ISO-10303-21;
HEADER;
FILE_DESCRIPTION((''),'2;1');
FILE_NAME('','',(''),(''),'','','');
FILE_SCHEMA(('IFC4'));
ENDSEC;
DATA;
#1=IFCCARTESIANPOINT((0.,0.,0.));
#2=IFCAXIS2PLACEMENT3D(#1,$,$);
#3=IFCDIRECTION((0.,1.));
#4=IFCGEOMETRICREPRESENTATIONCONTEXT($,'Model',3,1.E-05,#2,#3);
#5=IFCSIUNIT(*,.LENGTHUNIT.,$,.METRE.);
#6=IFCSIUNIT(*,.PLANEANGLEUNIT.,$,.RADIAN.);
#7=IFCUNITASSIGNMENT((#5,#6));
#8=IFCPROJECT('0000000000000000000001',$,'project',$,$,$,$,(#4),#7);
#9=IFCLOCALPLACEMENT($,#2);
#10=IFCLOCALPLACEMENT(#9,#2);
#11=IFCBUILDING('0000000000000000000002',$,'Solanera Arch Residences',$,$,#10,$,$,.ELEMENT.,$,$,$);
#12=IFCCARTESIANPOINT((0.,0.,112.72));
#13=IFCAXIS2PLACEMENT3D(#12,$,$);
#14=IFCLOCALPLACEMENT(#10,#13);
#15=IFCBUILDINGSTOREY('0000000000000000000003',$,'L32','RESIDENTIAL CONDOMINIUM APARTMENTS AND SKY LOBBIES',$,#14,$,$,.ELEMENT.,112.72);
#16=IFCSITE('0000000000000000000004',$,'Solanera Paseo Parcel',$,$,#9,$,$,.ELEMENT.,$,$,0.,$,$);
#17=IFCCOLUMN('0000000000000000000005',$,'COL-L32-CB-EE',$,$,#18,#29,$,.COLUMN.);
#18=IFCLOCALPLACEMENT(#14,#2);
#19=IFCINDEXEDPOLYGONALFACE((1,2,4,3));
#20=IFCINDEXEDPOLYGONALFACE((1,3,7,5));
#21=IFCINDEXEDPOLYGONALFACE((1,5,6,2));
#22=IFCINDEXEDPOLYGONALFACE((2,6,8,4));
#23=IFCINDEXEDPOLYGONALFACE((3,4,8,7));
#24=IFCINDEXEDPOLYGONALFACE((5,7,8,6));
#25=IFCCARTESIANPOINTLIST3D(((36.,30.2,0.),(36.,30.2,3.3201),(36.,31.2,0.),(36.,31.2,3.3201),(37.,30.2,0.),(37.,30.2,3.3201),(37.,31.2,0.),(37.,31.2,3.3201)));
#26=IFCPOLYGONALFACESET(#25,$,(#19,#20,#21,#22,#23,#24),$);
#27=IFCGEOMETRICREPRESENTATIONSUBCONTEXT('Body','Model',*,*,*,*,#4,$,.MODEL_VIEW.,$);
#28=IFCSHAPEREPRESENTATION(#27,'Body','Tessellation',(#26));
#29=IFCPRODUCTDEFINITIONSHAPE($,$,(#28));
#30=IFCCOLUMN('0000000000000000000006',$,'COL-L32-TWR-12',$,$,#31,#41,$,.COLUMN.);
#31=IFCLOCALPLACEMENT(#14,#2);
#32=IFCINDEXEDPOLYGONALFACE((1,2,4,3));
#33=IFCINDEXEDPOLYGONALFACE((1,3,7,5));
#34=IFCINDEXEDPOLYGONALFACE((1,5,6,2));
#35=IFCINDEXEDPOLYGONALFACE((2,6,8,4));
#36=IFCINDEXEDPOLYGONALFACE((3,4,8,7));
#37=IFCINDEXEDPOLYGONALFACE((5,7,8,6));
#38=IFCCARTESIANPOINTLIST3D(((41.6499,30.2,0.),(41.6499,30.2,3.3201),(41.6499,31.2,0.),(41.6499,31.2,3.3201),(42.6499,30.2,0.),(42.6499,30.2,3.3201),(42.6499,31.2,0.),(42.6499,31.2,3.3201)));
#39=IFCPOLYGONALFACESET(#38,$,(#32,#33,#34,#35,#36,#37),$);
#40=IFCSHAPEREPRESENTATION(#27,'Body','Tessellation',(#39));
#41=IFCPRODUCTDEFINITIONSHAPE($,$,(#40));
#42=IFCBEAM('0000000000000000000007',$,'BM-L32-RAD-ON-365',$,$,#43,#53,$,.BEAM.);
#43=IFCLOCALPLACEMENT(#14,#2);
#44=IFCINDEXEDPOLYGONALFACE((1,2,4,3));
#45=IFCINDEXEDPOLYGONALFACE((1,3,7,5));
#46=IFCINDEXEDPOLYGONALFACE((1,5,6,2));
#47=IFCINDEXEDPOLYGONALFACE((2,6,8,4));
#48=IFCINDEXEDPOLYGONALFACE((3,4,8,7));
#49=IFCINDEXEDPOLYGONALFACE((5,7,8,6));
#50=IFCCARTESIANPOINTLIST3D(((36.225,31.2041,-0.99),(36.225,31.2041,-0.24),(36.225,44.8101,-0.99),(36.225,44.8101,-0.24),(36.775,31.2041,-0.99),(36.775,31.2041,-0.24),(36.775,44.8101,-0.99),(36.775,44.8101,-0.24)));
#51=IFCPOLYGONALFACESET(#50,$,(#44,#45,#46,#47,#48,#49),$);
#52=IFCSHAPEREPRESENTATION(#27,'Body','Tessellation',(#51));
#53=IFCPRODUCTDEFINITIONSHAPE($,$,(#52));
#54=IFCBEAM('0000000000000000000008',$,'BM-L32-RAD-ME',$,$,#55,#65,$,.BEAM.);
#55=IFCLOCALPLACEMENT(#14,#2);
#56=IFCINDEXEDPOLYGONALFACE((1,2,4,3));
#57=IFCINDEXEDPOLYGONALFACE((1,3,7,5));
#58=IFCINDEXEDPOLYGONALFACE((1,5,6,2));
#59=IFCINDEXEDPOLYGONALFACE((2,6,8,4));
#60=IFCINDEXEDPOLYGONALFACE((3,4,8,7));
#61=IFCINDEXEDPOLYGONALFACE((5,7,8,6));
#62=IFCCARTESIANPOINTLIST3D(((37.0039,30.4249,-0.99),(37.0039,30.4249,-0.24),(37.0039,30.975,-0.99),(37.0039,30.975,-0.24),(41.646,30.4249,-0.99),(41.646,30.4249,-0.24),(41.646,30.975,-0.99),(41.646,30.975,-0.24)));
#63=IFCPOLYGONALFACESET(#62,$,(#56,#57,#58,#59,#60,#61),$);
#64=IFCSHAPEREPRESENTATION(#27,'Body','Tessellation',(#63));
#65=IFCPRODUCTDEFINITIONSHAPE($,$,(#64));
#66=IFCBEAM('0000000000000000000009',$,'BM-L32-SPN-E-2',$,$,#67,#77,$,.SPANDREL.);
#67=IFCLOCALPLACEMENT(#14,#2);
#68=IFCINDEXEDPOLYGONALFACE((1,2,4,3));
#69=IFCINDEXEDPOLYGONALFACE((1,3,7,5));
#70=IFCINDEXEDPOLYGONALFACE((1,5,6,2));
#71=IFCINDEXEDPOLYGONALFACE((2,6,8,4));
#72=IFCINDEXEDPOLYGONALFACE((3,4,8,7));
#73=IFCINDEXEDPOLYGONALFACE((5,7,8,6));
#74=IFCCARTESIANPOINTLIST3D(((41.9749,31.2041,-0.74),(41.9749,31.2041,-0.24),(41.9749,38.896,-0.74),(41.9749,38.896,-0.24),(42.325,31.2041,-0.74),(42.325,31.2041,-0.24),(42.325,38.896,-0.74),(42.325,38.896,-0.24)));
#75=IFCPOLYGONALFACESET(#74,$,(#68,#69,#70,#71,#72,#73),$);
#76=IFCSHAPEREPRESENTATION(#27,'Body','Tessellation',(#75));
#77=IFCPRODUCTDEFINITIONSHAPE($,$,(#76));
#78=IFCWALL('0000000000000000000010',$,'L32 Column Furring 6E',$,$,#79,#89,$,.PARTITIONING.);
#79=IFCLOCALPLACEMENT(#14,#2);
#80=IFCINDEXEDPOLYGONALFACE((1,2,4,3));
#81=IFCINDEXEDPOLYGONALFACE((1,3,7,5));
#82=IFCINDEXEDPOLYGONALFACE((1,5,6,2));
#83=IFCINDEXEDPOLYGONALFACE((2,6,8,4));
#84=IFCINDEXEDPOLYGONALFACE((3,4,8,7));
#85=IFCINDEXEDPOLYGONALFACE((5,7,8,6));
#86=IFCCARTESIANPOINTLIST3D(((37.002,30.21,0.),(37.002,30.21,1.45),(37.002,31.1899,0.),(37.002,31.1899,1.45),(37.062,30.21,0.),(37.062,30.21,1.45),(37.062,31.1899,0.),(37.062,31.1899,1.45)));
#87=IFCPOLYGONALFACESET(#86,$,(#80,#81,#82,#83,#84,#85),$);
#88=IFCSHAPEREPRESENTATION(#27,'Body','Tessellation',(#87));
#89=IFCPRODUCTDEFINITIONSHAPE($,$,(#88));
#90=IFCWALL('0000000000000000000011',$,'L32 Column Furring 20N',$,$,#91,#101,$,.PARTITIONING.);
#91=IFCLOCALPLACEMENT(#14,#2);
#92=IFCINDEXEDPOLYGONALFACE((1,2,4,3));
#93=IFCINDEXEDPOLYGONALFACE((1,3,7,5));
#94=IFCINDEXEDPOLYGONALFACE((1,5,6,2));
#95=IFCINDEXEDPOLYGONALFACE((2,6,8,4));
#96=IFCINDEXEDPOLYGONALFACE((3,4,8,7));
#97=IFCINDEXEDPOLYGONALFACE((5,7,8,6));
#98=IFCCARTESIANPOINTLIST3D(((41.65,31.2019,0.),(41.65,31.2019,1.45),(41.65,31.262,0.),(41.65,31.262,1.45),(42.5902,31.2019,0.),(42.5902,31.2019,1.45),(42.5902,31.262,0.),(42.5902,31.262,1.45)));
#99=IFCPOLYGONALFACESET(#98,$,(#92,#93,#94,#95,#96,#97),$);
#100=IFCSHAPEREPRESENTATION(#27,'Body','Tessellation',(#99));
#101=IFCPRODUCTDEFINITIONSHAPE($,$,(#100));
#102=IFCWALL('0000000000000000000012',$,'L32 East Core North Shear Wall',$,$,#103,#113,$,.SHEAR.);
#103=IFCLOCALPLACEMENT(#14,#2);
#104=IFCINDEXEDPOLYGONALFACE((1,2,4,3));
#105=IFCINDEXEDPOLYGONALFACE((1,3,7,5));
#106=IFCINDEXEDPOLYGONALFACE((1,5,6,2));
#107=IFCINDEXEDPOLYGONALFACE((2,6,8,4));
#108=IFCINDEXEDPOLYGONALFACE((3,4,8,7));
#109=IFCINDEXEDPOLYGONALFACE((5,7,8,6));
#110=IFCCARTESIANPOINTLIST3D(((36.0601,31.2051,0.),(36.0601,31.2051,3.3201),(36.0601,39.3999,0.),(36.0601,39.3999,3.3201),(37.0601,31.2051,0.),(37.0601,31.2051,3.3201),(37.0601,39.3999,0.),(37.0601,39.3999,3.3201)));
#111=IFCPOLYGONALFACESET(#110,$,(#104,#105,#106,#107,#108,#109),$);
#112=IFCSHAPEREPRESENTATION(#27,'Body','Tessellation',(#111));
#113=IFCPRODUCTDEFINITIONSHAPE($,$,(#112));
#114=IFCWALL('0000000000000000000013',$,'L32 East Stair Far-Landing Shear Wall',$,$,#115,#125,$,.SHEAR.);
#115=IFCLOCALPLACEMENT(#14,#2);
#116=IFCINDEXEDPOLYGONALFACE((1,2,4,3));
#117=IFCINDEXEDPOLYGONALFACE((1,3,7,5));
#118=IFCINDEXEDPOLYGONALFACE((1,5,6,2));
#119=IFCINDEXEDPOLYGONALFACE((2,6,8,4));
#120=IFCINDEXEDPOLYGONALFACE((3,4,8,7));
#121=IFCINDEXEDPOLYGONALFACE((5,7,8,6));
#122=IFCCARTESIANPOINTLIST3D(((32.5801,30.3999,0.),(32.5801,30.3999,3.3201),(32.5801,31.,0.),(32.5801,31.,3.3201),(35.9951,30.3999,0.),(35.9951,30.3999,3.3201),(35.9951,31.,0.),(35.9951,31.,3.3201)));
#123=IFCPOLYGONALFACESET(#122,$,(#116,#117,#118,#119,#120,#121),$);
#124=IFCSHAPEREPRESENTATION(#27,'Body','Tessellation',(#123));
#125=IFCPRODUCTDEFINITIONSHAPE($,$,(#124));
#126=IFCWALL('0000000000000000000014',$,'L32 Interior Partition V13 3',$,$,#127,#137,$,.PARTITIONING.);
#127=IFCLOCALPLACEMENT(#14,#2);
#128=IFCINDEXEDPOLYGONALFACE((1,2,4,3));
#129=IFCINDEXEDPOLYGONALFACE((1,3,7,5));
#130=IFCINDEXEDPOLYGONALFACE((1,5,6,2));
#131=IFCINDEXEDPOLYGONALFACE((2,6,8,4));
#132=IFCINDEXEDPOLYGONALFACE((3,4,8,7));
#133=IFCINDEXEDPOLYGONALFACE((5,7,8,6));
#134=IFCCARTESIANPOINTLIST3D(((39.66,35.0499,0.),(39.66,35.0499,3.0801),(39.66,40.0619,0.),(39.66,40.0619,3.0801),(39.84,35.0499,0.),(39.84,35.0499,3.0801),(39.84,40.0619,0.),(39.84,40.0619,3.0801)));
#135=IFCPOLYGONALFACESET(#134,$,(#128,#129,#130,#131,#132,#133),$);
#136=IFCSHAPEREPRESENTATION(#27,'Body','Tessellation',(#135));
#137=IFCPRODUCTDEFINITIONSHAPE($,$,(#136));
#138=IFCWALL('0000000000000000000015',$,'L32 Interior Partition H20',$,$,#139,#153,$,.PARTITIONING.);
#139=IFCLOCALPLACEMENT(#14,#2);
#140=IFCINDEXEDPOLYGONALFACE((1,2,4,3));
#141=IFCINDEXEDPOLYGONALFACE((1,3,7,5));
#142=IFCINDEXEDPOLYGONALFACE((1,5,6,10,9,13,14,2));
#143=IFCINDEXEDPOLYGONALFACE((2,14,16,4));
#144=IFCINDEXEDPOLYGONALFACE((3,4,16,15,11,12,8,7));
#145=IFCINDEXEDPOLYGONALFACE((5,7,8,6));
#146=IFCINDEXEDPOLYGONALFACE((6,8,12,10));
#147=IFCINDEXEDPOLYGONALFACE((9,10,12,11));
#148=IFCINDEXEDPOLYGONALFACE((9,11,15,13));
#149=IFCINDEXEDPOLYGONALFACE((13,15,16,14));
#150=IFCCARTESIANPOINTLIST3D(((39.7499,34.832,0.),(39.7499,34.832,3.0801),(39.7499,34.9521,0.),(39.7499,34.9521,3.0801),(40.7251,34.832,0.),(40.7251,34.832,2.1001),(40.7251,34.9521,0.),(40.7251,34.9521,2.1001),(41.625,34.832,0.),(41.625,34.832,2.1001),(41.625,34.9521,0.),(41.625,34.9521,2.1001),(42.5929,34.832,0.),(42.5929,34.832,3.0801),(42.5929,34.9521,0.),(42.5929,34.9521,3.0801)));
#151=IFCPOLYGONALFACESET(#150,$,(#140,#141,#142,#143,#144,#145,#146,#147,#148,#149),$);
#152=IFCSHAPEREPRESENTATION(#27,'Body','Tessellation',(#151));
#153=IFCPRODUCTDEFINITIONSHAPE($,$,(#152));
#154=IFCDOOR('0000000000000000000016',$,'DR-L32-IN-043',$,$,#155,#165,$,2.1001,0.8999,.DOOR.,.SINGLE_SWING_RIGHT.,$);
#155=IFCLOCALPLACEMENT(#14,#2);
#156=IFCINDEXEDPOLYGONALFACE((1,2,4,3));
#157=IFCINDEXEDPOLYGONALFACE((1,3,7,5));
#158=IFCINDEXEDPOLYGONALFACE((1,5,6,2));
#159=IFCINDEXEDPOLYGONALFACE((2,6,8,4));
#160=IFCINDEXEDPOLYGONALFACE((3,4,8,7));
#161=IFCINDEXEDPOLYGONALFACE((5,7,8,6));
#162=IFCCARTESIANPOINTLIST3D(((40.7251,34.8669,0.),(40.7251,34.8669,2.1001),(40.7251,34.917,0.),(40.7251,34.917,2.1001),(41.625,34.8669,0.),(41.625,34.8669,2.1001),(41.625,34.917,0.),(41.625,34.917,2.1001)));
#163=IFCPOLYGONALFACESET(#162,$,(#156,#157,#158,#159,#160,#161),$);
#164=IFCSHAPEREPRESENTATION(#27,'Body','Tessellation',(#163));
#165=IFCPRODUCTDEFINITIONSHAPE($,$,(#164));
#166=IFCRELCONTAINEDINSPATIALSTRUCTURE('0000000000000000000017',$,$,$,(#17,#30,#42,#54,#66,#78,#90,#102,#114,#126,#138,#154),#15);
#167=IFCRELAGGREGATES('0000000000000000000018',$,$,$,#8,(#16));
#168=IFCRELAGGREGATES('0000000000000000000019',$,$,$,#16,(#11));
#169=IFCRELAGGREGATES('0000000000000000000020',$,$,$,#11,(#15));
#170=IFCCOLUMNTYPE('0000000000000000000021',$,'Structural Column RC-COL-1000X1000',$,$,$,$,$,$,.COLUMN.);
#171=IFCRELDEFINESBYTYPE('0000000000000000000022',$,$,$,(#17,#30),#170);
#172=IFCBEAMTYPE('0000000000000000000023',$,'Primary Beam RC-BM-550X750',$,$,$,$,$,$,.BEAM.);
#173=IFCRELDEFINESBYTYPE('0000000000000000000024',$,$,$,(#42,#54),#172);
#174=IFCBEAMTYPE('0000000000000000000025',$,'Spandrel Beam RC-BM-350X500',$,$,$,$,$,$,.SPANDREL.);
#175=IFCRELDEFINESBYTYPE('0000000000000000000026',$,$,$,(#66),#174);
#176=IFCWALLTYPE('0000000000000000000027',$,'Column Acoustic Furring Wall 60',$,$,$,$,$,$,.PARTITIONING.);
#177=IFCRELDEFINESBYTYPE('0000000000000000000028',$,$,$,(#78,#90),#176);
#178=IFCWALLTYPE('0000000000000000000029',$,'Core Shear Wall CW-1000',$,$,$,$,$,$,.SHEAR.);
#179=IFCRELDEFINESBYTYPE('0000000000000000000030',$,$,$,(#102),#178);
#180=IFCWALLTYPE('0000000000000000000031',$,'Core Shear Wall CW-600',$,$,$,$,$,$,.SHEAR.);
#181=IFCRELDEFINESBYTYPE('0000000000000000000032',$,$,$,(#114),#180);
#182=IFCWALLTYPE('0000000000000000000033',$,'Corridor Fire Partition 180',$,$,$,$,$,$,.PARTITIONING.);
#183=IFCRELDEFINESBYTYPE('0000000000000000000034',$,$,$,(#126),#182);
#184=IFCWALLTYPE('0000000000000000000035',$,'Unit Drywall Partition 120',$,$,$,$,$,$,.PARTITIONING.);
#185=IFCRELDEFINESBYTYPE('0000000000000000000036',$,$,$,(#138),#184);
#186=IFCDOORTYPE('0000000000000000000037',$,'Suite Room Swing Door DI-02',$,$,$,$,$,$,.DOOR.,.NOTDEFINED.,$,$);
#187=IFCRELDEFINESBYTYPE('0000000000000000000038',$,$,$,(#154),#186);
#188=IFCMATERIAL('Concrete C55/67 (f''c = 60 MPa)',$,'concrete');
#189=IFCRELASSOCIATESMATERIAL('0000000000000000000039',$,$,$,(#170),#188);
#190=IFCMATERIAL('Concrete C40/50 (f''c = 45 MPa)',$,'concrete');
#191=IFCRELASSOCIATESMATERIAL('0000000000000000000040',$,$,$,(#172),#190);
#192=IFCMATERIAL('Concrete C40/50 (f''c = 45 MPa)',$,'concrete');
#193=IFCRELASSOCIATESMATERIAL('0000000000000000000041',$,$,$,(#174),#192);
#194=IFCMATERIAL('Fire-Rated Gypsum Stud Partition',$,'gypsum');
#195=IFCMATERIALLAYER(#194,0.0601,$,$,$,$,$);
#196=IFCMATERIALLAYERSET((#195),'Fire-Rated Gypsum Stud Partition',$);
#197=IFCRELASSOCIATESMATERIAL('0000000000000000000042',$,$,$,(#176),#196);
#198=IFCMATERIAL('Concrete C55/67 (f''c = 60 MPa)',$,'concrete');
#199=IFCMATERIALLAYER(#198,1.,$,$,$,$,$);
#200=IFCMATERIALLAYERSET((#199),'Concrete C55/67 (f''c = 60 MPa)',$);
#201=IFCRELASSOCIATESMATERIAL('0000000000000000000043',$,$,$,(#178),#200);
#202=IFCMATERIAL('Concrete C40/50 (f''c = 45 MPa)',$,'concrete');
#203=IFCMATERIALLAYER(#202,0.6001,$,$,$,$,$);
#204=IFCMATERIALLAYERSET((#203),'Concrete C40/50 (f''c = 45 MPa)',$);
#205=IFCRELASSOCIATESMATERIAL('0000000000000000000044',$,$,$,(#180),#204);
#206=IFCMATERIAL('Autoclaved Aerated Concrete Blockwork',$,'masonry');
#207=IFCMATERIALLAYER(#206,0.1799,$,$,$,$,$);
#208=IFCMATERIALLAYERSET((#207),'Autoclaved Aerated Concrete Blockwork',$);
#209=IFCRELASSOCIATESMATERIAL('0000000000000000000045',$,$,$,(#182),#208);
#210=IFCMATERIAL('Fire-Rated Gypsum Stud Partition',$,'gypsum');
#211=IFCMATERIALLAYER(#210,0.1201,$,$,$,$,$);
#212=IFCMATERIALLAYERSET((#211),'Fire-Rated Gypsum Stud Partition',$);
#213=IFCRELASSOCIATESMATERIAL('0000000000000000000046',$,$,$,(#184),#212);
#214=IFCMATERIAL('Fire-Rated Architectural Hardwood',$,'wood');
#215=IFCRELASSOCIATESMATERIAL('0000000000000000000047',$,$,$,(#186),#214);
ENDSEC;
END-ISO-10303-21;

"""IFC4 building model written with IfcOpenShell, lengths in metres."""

from ifc_helpers import new_model, si_unit, direction, frame, frame_2d, origin, origin_2d, place, context, subcontext, project, spatial, rectangle, extrude, material, layer, layer_set, material_profile, profile_set, type_object, element, fill, save


model = new_model("IFC4")

# Units and contexts
model_context = context("Model", 3, precision=1e-05, world=origin(), true_north=direction((0.0, 1.0)))
body_context = subcontext(model_context, "Body", "Model", "MODEL_VIEW")
ifc_project = project(units=[si_unit("LENGTHUNIT", "METRE"), si_unit("PLANEANGLEUNIT", "RADIAN")], contexts=[model_context])

# Site, building, storey
site_placement = place(None, origin())
site = spatial("IfcSite", under=ifc_project, at=site_placement, Name="Solanera Paseo Parcel", CompositionType="ELEMENT", RefElevation=0.0)
building_placement = place(site_placement, origin())
building = spatial("IfcBuilding", under=site, at=building_placement, Name="Solanera Arch Residences", CompositionType="ELEMENT")
storey_placement = place(building_placement, frame((0.0, 0.0, 112.72)))
storey = spatial("IfcBuildingStorey", under=building, at=storey_placement, Name="L32", Description="RESIDENTIAL CONDOMINIUM APARTMENTS AND SKY LOBBIES", CompositionType="ELEMENT", Elevation=112.72)

# Columns
ifc_material_1 = material(Name="Concrete C55/67 (f'c = 60 MPa)", Category="concrete")
ifc_material_profile_1 = material_profile(ifc_material_1, rectangle(XDim=1.0, YDim=1.0, at=origin_2d()))
ifc_profile_set_1 = profile_set([ifc_material_profile_1], Name="Concrete C55/67 (f'c = 60 MPa)")
column_type = type_object("IfcColumnType", Name="Structural Column RC-COL-1000X1000", PredefinedType="COLUMN", material=ifc_profile_set_1)
for number, where, z_axis, x_axis, name in (
    (1, (36.5, 30.7, 0.0), (0.0, 0.0, 1.0), (1.0, 0.0, 0.0), "COL-L32-CB-EE"),
    (2, (42.1499, 30.7, 0.0), (0.0, 0.0, 1.0), (1.0, 0.0, 0.0), "COL-L32-TWR-12"),
):
    element("IfcColumn", number, at=place(storey_placement, frame(where, z_axis=z_axis, x_axis=x_axis)), inside=storey, type_object=column_type, Name=name, PredefinedType="COLUMN", context=body_context, shape_type="SweptSolid", body=[
        extrude(rectangle(XDim=1.0, YDim=1.0, at=origin_2d()), origin(), (0.0, 0.0, 1.0), 3.3201),
    ])

# Beams
ifc_material_2 = material(Name="Concrete C40/50 (f'c = 45 MPa)", Category="concrete")
ifc_material_profile_2 = material_profile(ifc_material_2, rectangle(XDim=0.55, YDim=0.75, at=origin_2d()))
ifc_profile_set_2 = profile_set([ifc_material_profile_2], Name="Concrete C40/50 (f'c = 45 MPa)")
beam_type_1 = type_object("IfcBeamType", Name="Primary Beam RC-BM-550X750", PredefinedType="BEAM", material=ifc_profile_set_2)
beam_1_placement = place(storey_placement, frame((36.5, 31.2041, -0.615), z_axis=(0.0, 1.0, 0.0), x_axis=(-1.0, 0.0, 0.0)))
element("IfcBeam", 3, at=beam_1_placement, inside=storey, type_object=beam_type_1, Name="BM-L32-RAD-ON-365", PredefinedType="BEAM", context=body_context, shape_type="SweptSolid", body=[
    extrude(rectangle(XDim=0.55, YDim=0.75, at=origin_2d()), origin(), (0.0, 0.0, 1.0), 13.606),
])
beam_2_placement = place(storey_placement, frame((37.0039, 30.7, -0.615), z_axis=(1.0, 0.0, 0.0), x_axis=(0.0, 1.0, 0.0)))
element("IfcBeam", 4, at=beam_2_placement, inside=storey, type_object=beam_type_1, Name="BM-L32-RAD-ME", PredefinedType="BEAM", context=body_context, shape_type="SweptSolid", body=[
    extrude(rectangle(XDim=0.55, YDim=0.75, at=origin_2d()), origin(), (0.0, 0.0, 1.0), 4.6421),
])
ifc_material_3 = material(Name="Concrete C40/50 (f'c = 45 MPa)", Category="concrete")
ifc_material_profile_3 = material_profile(ifc_material_3, rectangle(XDim=0.3501, YDim=0.5, at=origin_2d()))
ifc_profile_set_3 = profile_set([ifc_material_profile_3], Name="Concrete C40/50 (f'c = 45 MPa)")
beam_type_2 = type_object("IfcBeamType", Name="Spandrel Beam RC-BM-350X500", PredefinedType="SPANDREL", material=ifc_profile_set_3)
beam_3_placement = place(storey_placement, frame((42.1499, 31.2041, -0.49), z_axis=(0.0, 1.0, 0.0), x_axis=(-1.0, 0.0, 0.0)))
element("IfcBeam", 5, at=beam_3_placement, inside=storey, type_object=beam_type_2, Name="BM-L32-SPN-E-2", PredefinedType="SPANDREL", context=body_context, shape_type="SweptSolid", body=[
    extrude(rectangle(XDim=0.3501, YDim=0.5, at=origin_2d()), origin(), (0.0, 0.0, 1.0), 7.6919),
])

# Walls
ifc_material_4 = material(Name="Fire-Rated Gypsum Stud Partition", Category="gypsum")
ifc_layer_1 = layer(ifc_material_4, 0.0601)
ifc_layer_set_1 = layer_set([ifc_layer_1], Name="Fire-Rated Gypsum Stud Partition")
wall_type_1 = type_object("IfcWallType", Name="Column Acoustic Furring Wall 60", PredefinedType="PARTITIONING", material=ifc_layer_set_1)
wall_1_placement = place(storey_placement, frame((37.032, 30.21, 0.0), z_axis=(0.0, 0.0, 1.0), x_axis=(0.0, 1.0, 0.0)))
element("IfcWall", 6, at=wall_1_placement, inside=storey, type_object=wall_type_1, Name="L32 Column Furring 6E", PredefinedType="PARTITIONING", context=body_context, shape_type="SweptSolid", body=[
    extrude(rectangle(XDim=0.98, YDim=0.0601, at=frame_2d((0.49, 0.0))), origin(), (0.0, 0.0, 1.0), 1.45),
])
wall_2_placement = place(storey_placement, frame((41.6499, 31.2319, 0.0), z_axis=(0.0, 0.0, 1.0), x_axis=(1.0, 0.0, 0.0)))
element("IfcWall", 7, at=wall_2_placement, inside=storey, type_object=wall_type_1, Name="L32 Column Furring 20N", PredefinedType="PARTITIONING", context=body_context, shape_type="SweptSolid", body=[
    extrude(rectangle(XDim=0.9402, YDim=0.0601, at=frame_2d((0.4702, 0.0))), origin(), (0.0, 0.0, 1.0), 1.45),
])
ifc_material_5 = material(Name="Concrete C55/67 (f'c = 60 MPa)", Category="concrete")
ifc_layer_2 = layer(ifc_material_5, 1.0)
ifc_layer_set_2 = layer_set([ifc_layer_2], Name="Concrete C55/67 (f'c = 60 MPa)")
wall_type_2 = type_object("IfcWallType", Name="Core Shear Wall CW-1000", PredefinedType="SHEAR", material=ifc_layer_set_2)
wall_3_placement = place(storey_placement, frame((36.5601, 31.2051, 0.0), z_axis=(0.0, 0.0, 1.0), x_axis=(0.0, 1.0, 0.0)))
element("IfcWall", 8, at=wall_3_placement, inside=storey, type_object=wall_type_2, Name="L32 East Core North Shear Wall", PredefinedType="SHEAR", context=body_context, shape_type="SweptSolid", body=[
    extrude(rectangle(XDim=8.1948, YDim=1.0, at=frame_2d((4.0974, 0.0))), origin(), (0.0, 0.0, 1.0), 3.3201),
])

# Walls
ifc_material_6 = material(Name="Concrete C40/50 (f'c = 45 MPa)", Category="concrete")
ifc_layer_3 = layer(ifc_material_6, 0.6001)
ifc_layer_set_3 = layer_set([ifc_layer_3], Name="Concrete C40/50 (f'c = 45 MPa)")
wall_type_3 = type_object("IfcWallType", Name="Core Shear Wall CW-600", PredefinedType="SHEAR", material=ifc_layer_set_3)
wall_4_placement = place(storey_placement, frame((32.5801, 30.7, 0.0), z_axis=(0.0, 0.0, 1.0), x_axis=(1.0, 0.0, 0.0)))
element("IfcWall", 9, at=wall_4_placement, inside=storey, type_object=wall_type_3, Name="L32 East Stair Far-Landing Shear Wall", PredefinedType="SHEAR", context=body_context, shape_type="SweptSolid", body=[
    extrude(rectangle(XDim=3.415, YDim=0.6001, at=frame_2d((1.7075, 0.0))), origin(), (0.0, 0.0, 1.0), 3.3201),
])
ifc_material_7 = material(Name="Autoclaved Aerated Concrete Blockwork", Category="masonry")
ifc_layer_4 = layer(ifc_material_7, 0.1799)
ifc_layer_set_4 = layer_set([ifc_layer_4], Name="Autoclaved Aerated Concrete Blockwork")
wall_type_4 = type_object("IfcWallType", Name="Corridor Fire Partition 180", PredefinedType="PARTITIONING", material=ifc_layer_set_4)
wall_5_placement = place(storey_placement, frame((39.75, 35.05, 0.0), z_axis=(0.0, 0.0, 1.0), x_axis=(0.0, 1.0, 0.0)))
element("IfcWall", 10, at=wall_5_placement, inside=storey, type_object=wall_type_4, Name="L32 Interior Partition V13 3", PredefinedType="PARTITIONING", context=body_context, shape_type="SweptSolid", body=[
    extrude(rectangle(XDim=5.012, YDim=0.1799, at=frame_2d((2.5059, 0.0))), origin(), (0.0, 0.0, 1.0), 3.0801),
])

# Wall, opening, door
ifc_material_8 = material(Name="Fire-Rated Gypsum Stud Partition", Category="gypsum")
ifc_layer_5 = layer(ifc_material_8, 0.1201)
ifc_layer_set_5 = layer_set([ifc_layer_5], Name="Fire-Rated Gypsum Stud Partition")
wall_type_5 = type_object("IfcWallType", Name="Unit Drywall Partition 120", PredefinedType="PARTITIONING", material=ifc_layer_set_5)
wall_6_placement = place(storey_placement, frame((39.75, 34.8921, 0.0), z_axis=(0.0, 0.0, 1.0), x_axis=(1.0, 0.0, 0.0)))
wall_6 = element("IfcWall", 11, at=wall_6_placement, inside=storey, type_object=wall_type_5, Name="L32 Interior Partition H20", PredefinedType="PARTITIONING", context=body_context, shape_type="SweptSolid", body=[
    extrude(rectangle(XDim=2.843, YDim=0.1201, at=frame_2d((1.4214, 0.0))), origin(), (0.0, 0.0, 1.0), 3.0801),
])
opening_1_placement = place(wall_6_placement, frame((0.9751, 0.0, 0.0)))
opening_1 = element("IfcOpeningElement", 12, at=opening_1_placement, cuts=wall_6, PredefinedType="OPENING", context=body_context, shape_type="SweptSolid", body=[
    extrude(rectangle(XDim=0.8999, YDim=2.1001, at=frame_2d((0.45, 1.05))), frame((0.0, 0.0701, 0.0), z_axis=(0.0, -1.0, 0.0), x_axis=(1.0, 0.0, 0.0)), (0.0, 0.0, 1.0), 0.1401),
])
ifc_material_9 = material(Name="Fire-Rated Architectural Hardwood", Category="wood")
door_type_1 = type_object("IfcDoorType", Name="Suite Room Swing Door DI-02", OperationType="NOTDEFINED", PredefinedType="DOOR", material=ifc_material_9)
door_1_placement = place(opening_1_placement, origin())
door_1 = element("IfcDoor", 13, at=door_1_placement, inside=storey, type_object=door_type_1, Name="DR-L32-IN-043", OperationType="SINGLE_SWING_RIGHT", OverallHeight=2.1001, OverallWidth=0.8999, PredefinedType="DOOR", context=body_context, shape_type="SweptSolid", body=[
    extrude(rectangle(XDim=0.8999, YDim=2.1001, at=frame_2d((0.45, 1.05))), frame((0.0, 0.0249, 0.0), z_axis=(0.0, -1.0, 0.0), x_axis=(1.0, 0.0, 0.0)), (0.0, 0.0, 1.0), 0.05),
])
fill(opening_1, door_1)

save(model, "model.ifc")
